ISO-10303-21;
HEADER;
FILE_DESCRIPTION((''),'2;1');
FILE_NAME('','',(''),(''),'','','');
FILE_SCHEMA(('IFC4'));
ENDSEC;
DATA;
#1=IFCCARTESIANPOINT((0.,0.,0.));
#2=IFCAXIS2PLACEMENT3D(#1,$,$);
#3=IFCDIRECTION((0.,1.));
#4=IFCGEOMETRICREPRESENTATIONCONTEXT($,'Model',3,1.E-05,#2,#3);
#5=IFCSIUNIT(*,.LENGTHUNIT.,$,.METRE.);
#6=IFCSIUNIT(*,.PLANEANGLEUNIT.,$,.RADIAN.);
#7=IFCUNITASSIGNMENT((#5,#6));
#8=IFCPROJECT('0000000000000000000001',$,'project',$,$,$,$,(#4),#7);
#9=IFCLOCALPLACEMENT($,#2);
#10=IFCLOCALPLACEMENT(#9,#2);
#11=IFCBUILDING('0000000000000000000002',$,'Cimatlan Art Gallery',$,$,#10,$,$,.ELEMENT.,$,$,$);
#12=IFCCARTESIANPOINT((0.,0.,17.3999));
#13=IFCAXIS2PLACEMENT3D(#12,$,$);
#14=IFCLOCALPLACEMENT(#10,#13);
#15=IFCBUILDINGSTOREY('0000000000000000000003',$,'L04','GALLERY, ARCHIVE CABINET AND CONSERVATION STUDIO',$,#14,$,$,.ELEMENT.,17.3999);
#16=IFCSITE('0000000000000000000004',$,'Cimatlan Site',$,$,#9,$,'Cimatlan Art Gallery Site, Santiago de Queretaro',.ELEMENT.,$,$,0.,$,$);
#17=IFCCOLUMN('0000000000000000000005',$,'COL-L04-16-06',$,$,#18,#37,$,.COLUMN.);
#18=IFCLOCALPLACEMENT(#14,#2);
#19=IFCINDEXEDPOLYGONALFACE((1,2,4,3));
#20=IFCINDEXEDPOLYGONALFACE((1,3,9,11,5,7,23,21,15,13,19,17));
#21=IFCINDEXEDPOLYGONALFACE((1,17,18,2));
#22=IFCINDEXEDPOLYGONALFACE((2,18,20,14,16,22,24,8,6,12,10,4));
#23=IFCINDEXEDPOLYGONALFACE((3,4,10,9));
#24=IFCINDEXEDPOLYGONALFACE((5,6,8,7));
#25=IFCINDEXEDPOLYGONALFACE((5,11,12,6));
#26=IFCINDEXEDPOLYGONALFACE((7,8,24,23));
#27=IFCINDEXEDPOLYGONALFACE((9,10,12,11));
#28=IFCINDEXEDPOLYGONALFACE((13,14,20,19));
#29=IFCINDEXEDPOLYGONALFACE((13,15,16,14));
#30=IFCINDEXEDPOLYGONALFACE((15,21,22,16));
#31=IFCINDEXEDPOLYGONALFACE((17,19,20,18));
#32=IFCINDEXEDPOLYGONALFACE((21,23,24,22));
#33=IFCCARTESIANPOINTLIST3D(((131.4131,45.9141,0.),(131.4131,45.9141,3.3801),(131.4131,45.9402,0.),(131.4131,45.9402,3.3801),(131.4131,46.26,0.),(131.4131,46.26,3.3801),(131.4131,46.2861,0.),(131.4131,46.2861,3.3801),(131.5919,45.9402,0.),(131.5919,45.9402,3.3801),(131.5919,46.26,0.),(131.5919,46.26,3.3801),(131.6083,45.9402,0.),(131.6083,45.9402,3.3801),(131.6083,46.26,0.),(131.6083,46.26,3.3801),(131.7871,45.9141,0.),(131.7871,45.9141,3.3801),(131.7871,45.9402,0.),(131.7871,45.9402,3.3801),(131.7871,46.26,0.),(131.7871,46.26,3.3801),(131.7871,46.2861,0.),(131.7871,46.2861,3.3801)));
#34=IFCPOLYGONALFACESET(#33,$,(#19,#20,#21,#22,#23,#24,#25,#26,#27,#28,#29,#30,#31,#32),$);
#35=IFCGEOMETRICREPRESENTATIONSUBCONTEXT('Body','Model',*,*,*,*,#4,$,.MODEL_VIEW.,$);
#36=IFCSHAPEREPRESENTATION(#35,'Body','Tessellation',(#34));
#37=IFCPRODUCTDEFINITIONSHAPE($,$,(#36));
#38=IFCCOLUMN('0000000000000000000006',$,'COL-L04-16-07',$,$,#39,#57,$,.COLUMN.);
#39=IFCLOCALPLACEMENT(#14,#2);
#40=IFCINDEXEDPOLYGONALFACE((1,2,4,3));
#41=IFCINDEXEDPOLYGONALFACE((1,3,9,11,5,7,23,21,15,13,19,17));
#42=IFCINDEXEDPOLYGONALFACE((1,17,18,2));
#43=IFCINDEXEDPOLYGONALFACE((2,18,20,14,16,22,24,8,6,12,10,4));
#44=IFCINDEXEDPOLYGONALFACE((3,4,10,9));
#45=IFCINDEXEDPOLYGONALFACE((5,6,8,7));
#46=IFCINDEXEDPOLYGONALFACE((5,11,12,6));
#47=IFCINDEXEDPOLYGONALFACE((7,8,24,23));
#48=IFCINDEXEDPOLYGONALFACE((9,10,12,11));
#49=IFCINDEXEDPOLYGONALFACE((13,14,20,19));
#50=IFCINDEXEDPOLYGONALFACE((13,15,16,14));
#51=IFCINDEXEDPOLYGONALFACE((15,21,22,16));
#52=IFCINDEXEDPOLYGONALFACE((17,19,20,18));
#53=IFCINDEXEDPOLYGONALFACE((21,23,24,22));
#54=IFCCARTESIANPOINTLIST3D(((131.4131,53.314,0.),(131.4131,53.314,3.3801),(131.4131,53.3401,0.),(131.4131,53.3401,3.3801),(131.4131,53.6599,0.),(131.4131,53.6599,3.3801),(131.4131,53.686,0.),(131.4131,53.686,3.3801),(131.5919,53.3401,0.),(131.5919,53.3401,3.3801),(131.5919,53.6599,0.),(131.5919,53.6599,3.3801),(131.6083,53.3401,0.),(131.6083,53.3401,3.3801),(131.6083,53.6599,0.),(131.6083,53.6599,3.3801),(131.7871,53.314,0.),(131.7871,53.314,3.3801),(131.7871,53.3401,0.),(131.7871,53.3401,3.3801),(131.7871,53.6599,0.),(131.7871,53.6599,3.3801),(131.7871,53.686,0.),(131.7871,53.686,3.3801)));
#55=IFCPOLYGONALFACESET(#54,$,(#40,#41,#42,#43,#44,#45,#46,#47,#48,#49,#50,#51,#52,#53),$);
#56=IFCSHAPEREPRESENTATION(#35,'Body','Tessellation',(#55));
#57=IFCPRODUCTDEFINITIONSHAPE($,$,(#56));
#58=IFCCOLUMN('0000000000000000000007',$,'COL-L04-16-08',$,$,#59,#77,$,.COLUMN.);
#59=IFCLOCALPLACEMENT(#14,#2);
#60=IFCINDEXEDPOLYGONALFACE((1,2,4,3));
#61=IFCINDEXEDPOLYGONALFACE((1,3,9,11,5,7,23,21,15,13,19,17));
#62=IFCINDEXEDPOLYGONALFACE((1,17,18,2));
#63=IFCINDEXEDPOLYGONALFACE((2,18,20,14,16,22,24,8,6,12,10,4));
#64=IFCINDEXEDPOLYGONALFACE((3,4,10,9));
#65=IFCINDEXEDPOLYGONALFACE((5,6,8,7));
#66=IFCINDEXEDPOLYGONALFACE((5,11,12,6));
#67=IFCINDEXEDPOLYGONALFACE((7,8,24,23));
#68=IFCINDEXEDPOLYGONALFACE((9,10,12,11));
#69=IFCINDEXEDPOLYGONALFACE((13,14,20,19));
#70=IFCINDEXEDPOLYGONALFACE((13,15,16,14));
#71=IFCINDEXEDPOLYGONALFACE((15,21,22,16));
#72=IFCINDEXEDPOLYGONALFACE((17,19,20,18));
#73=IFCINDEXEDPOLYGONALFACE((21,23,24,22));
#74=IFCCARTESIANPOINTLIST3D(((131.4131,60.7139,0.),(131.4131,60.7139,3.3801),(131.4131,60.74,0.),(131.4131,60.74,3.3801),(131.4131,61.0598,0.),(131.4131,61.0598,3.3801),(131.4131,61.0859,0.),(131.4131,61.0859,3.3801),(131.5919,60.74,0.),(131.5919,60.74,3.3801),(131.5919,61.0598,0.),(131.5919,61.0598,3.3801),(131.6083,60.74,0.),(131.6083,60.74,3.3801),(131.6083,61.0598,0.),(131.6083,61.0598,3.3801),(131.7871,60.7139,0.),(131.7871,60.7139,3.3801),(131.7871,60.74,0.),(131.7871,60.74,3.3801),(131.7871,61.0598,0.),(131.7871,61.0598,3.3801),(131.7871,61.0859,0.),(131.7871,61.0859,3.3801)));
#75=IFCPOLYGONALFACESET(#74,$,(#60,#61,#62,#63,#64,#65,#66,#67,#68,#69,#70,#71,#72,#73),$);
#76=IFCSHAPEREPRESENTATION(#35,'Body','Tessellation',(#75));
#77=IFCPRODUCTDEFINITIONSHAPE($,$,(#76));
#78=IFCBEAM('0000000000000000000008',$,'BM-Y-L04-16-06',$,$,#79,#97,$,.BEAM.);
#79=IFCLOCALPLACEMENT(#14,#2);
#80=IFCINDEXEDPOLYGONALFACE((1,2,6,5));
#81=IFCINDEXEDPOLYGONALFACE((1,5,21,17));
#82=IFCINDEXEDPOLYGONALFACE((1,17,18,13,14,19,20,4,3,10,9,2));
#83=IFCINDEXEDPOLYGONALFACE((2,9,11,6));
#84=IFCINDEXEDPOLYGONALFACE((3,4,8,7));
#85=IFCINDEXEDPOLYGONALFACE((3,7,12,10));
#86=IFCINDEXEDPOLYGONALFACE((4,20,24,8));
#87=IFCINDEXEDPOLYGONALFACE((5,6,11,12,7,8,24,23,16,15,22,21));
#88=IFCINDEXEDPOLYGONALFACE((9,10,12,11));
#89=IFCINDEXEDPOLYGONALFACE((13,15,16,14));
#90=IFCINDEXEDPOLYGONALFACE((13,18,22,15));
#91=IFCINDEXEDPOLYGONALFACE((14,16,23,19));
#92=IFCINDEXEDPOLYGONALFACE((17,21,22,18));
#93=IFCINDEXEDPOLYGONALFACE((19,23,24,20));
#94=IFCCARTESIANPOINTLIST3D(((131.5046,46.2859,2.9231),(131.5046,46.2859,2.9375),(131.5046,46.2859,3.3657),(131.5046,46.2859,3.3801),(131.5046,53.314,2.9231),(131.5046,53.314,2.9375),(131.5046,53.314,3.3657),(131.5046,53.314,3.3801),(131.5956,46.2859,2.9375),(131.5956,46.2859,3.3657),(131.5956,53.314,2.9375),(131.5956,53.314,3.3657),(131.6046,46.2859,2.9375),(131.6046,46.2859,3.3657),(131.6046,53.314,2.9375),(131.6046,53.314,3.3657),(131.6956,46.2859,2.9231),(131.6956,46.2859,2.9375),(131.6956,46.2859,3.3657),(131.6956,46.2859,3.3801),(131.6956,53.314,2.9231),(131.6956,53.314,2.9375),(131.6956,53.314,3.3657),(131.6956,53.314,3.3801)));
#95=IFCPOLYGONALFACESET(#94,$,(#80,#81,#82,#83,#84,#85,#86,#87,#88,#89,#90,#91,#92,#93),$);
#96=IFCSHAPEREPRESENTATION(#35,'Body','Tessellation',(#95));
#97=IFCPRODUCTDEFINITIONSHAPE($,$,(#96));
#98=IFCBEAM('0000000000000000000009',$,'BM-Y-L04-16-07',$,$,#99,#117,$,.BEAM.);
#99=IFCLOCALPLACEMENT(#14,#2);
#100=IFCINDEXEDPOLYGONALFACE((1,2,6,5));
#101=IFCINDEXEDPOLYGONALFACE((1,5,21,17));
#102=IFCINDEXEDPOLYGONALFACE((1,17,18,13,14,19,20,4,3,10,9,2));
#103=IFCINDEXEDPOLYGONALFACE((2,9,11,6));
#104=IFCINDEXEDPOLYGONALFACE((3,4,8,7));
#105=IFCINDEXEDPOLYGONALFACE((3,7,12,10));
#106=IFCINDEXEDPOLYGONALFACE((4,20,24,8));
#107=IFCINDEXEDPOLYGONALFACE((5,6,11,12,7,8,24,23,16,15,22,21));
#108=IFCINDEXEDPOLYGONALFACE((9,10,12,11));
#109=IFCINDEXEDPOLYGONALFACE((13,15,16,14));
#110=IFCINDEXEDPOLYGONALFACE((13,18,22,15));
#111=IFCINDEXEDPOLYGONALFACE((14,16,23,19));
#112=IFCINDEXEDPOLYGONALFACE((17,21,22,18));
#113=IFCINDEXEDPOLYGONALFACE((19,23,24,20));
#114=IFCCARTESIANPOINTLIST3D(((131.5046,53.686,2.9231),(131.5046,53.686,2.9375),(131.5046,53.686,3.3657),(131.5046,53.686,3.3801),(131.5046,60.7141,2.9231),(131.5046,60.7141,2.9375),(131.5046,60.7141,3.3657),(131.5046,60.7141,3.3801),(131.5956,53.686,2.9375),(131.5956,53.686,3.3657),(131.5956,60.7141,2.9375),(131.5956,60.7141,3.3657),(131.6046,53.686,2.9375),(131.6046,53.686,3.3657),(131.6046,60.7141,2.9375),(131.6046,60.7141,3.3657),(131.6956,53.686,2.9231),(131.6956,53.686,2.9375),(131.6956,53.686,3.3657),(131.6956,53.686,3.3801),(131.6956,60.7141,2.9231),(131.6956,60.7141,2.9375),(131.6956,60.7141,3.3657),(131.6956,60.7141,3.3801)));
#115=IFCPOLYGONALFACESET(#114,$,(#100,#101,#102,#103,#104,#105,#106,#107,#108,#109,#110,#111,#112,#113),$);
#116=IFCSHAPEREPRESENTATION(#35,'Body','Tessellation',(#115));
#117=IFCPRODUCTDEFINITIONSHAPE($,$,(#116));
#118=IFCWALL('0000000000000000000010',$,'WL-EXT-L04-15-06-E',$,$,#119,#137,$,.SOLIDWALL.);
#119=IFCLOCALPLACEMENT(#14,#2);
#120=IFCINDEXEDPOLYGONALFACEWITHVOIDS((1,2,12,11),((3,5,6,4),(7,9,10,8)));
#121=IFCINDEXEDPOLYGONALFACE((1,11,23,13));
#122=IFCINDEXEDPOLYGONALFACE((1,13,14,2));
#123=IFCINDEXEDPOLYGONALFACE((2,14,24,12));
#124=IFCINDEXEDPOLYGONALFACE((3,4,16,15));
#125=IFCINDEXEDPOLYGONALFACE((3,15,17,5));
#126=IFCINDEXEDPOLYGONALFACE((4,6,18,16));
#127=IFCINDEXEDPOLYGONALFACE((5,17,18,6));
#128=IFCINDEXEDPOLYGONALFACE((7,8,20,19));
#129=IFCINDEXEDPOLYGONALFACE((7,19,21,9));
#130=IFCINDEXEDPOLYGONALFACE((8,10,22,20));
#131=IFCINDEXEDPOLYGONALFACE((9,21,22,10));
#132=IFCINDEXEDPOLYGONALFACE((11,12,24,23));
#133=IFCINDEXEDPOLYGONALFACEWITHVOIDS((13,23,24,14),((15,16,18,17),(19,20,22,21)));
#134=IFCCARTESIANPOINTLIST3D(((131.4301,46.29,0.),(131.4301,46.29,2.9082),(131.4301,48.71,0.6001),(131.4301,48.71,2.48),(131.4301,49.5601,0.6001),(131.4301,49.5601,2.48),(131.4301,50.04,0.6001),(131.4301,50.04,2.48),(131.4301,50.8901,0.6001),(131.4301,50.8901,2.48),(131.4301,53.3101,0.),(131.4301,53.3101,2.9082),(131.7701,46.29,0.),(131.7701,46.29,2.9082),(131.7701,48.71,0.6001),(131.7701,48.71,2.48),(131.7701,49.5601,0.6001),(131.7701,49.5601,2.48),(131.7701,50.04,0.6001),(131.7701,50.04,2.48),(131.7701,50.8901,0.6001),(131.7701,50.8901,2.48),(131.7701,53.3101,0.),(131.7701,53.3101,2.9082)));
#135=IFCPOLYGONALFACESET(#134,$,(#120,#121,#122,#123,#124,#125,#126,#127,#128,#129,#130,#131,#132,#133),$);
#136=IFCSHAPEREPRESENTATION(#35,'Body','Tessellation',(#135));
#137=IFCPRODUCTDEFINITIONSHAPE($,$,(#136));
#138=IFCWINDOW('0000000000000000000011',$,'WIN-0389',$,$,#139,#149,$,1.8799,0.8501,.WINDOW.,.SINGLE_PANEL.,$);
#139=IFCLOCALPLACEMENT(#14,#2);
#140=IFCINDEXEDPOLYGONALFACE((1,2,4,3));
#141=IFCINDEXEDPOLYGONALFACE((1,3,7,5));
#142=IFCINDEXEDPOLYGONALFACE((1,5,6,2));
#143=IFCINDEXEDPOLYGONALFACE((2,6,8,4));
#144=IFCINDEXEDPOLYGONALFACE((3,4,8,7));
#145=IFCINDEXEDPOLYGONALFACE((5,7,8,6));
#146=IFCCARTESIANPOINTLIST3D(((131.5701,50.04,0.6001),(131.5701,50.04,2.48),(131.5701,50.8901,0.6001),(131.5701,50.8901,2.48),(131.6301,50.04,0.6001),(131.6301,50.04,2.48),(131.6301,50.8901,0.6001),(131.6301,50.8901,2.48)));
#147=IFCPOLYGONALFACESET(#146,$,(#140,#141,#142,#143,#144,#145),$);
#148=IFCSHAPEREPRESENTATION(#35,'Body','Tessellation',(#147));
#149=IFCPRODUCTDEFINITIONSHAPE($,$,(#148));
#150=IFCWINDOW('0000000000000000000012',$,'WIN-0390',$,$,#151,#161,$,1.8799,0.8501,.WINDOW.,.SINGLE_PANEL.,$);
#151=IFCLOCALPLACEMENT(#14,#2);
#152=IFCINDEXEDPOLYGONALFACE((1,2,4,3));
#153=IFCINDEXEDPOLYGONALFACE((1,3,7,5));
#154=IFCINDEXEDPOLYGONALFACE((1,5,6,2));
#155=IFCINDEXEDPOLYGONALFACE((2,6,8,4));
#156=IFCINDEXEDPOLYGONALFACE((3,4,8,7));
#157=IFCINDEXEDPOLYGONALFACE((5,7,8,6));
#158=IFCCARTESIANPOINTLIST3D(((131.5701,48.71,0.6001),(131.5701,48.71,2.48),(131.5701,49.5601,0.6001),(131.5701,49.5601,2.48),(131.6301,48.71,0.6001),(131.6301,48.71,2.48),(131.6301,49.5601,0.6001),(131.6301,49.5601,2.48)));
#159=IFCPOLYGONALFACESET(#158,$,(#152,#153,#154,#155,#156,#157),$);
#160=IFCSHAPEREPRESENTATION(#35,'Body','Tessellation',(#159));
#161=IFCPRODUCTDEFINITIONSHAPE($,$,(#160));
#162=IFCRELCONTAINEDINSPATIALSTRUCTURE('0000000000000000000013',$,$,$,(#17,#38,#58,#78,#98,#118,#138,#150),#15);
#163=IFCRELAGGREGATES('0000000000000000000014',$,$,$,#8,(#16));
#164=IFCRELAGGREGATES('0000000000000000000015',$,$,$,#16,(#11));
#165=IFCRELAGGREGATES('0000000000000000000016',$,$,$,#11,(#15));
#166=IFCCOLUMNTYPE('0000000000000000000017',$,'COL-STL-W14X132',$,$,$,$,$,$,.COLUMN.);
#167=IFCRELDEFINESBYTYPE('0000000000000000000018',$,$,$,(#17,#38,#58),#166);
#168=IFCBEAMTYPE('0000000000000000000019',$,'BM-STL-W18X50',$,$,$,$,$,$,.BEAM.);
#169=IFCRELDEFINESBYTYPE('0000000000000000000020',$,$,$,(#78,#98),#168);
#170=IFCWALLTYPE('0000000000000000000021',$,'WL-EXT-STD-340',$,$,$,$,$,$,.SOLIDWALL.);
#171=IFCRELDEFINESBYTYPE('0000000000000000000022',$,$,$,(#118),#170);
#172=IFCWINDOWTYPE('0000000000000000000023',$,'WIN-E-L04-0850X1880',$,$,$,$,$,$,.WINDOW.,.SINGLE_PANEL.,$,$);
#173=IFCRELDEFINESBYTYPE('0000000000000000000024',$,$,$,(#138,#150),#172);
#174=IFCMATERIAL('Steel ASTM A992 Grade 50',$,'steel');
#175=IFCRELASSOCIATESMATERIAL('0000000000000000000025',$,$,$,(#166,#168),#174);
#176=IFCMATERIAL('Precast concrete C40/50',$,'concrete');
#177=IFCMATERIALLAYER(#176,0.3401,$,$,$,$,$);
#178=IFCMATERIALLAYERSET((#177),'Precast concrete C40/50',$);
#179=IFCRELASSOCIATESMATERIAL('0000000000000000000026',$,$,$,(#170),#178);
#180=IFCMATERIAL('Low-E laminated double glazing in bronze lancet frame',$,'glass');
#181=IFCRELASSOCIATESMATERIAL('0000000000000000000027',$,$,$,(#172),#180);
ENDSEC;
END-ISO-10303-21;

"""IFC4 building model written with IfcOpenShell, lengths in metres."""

from ifc_helpers import new_model, si_unit, direction, frame, frame_2d, origin, origin_2d, place, context, subcontext, project, spatial, rectangle, i_section, extrude, material, layer, layer_set, material_profile, profile_set, type_object, element, fill, save


model = new_model("IFC4")

# Units and contexts
model_context = context("Model", 3, precision=1e-05, world=origin(), true_north=direction((0.0, 1.0)))
body_context = subcontext(model_context, "Body", "Model", "MODEL_VIEW")
ifc_project = project(units=[si_unit("LENGTHUNIT", "METRE"), si_unit("PLANEANGLEUNIT", "RADIAN")], contexts=[model_context])

# Site, building, storey
site_placement = place(None, origin())
site = spatial("IfcSite", under=ifc_project, at=site_placement, Name="Cimatlan Site", LongName="Cimatlan Art Gallery Site, Santiago de Queretaro", CompositionType="ELEMENT", RefElevation=0.0)
building_placement = place(site_placement, origin())
building = spatial("IfcBuilding", under=site, at=building_placement, Name="Cimatlan Art Gallery", CompositionType="ELEMENT")
storey_placement = place(building_placement, frame((0.0, 0.0, 17.3999)))
storey = spatial("IfcBuildingStorey", under=building, at=storey_placement, Name="L04", Description="GALLERY, ARCHIVE CABINET AND CONSERVATION STUDIO", CompositionType="ELEMENT", Elevation=17.3999)

# Columns
ifc_material_1 = material(Name="Steel ASTM A992 Grade 50", Category="steel")
ifc_material_profile_1 = material_profile(ifc_material_1, i_section(OverallWidth=0.374, OverallDepth=0.3721, WebThickness=0.0164, FlangeThickness=0.0261, at=origin_2d()), Name="W14X132")
ifc_profile_set_1 = profile_set([ifc_material_profile_1], Name="Steel ASTM A992 Grade 50")
column_type = type_object("IfcColumnType", Name="COL-STL-W14X132", PredefinedType="COLUMN", material=ifc_profile_set_1)
for number, where, z_axis, x_axis, name in (
    (1, (131.6001, 46.1001, 0.0), (0.0, 0.0, 1.0), (1.0, 0.0, 0.0), "COL-L04-16-06"),
    (2, (131.6001, 53.5, 0.0), (0.0, 0.0, 1.0), (1.0, 0.0, 0.0), "COL-L04-16-07"),
    (3, (131.6001, 60.8999, 0.0), (0.0, 0.0, 1.0), (1.0, 0.0, 0.0), "COL-L04-16-08"),
):
    element("IfcColumn", number, at=place(storey_placement, frame(where, z_axis=z_axis, x_axis=x_axis)), inside=storey, type_object=column_type, Name=name, PredefinedType="COLUMN", context=body_context, shape_type="SweptSolid", body=[
        extrude(i_section(OverallWidth=0.374, OverallDepth=0.3721, WebThickness=0.0164, FlangeThickness=0.0261, at=origin_2d()), origin(), (0.0, 0.0, 1.0), 3.3801),
    ])

# Beams
ifc_material_profile_2 = material_profile(ifc_material_1, i_section(OverallWidth=0.1909, OverallDepth=0.457, WebThickness=0.009, FlangeThickness=0.0144, at=origin_2d()), Name="W18X50")
ifc_profile_set_2 = profile_set([ifc_material_profile_2], Name="Steel ASTM A992 Grade 50")
beam_type = type_object("IfcBeamType", Name="BM-STL-W18X50", PredefinedType="BEAM", material=ifc_profile_set_2)
for number, where, z_axis, x_axis, name in (
    (4, (131.6001, 46.2859, 3.1516), (0.0, 1.0, 0.0), (-1.0, 0.0, 0.0), "BM-Y-L04-16-06"),
    (5, (131.6001, 53.686, 3.1516), (0.0, 1.0, 0.0), (-1.0, 0.0, 0.0), "BM-Y-L04-16-07"),
):
    element("IfcBeam", number, at=place(storey_placement, frame(where, z_axis=z_axis, x_axis=x_axis)), inside=storey, type_object=beam_type, Name=name, PredefinedType="BEAM", context=body_context, shape_type="SweptSolid", body=[
        extrude(i_section(OverallWidth=0.1909, OverallDepth=0.457, WebThickness=0.009, FlangeThickness=0.0144, at=origin_2d()), origin(), (0.0, 0.0, 1.0), 7.0281),
    ])

# Wall, openings, windows
ifc_material_2 = material(Name="Precast concrete C40/50", Category="concrete")
ifc_layer_1 = layer(ifc_material_2, 0.3401)
ifc_layer_set_1 = layer_set([ifc_layer_1], Name="Precast concrete C40/50")
wall_type_1 = type_object("IfcWallType", Name="WL-EXT-STD-340", PredefinedType="SOLIDWALL", material=ifc_layer_set_1)
wall_1_placement = place(storey_placement, frame((131.6001, 53.3101, 0.0), z_axis=(0.0, 0.0, 1.0), x_axis=(0.0, -1.0, 0.0)))
wall_1 = element("IfcWall", 6, at=wall_1_placement, inside=storey, type_object=wall_type_1, Name="WL-EXT-L04-15-06-E", PredefinedType="SOLIDWALL", context=body_context, shape_type="SweptSolid", body=[
    extrude(rectangle(XDim=7.02, YDim=0.3401, at=frame_2d((3.51, 0.0))), origin(), (0.0, 0.0, 1.0), 2.9082),
])
opening_1_placement = place(wall_1_placement, frame((2.4199, 0.0, 0.6001)))
opening_1 = element("IfcOpeningElement", 7, at=opening_1_placement, cuts=wall_1, PredefinedType="OPENING", context=body_context, shape_type="SweptSolid", body=[
    extrude(rectangle(XDim=0.8501, YDim=1.8799, at=frame_2d((0.425, 0.9399))), frame((0.0, 0.1802, 0.0), z_axis=(0.0, -1.0, 0.0), x_axis=(1.0, 0.0, 0.0)), (0.0, 0.0, 1.0), 0.3601),
])
opening_2_placement = place(wall_1_placement, frame((3.75, 0.0, 0.6001)))
opening_2 = element("IfcOpeningElement", 8, at=opening_2_placement, cuts=wall_1, PredefinedType="OPENING", context=body_context, shape_type="SweptSolid", body=[
    extrude(rectangle(XDim=0.8501, YDim=1.8799, at=frame_2d((0.425, 0.9399))), frame((0.0, 0.1802, 0.0), z_axis=(0.0, -1.0, 0.0), x_axis=(1.0, 0.0, 0.0)), (0.0, 0.0, 1.0), 0.3601),
])
ifc_material_3 = material(Name="Low-E laminated double glazing in bronze lancet frame", Category="glass")
window_type = type_object("IfcWindowType", Name="WIN-E-L04-0850X1880", PartitioningType="SINGLE_PANEL", PredefinedType="WINDOW", material=ifc_material_3)
window_1_placement = place(opening_1_placement, origin())
window_1 = element("IfcWindow", 9, at=window_1_placement, inside=storey, type_object=window_type, Name="WIN-0389", OverallHeight=1.8799, OverallWidth=0.8501, PartitioningType="SINGLE_PANEL", PredefinedType="WINDOW", context=body_context, shape_type="SweptSolid", body=[
    extrude(rectangle(XDim=0.8501, YDim=1.8799, at=frame_2d((0.425, 0.9399))), frame((0.0, 0.03, 0.0), z_axis=(0.0, -1.0, 0.0), x_axis=(1.0, 0.0, 0.0)), (0.0, 0.0, 1.0), 0.0601),
])
fill(opening_1, window_1)
window_2_placement = place(opening_2_placement, origin())
window_2 = element("IfcWindow", 10, at=window_2_placement, inside=storey, type_object=window_type, Name="WIN-0390", OverallHeight=1.8799, OverallWidth=0.8501, PartitioningType="SINGLE_PANEL", PredefinedType="WINDOW", context=body_context, shape_type="SweptSolid", body=[
    extrude(rectangle(XDim=0.8501, YDim=1.8799, at=frame_2d((0.425, 0.9399))), frame((0.0, 0.03, 0.0), z_axis=(0.0, -1.0, 0.0), x_axis=(1.0, 0.0, 0.0)), (0.0, 0.0, 1.0), 0.0601),
])
fill(opening_2, window_2)

save(model, "model.ifc")
